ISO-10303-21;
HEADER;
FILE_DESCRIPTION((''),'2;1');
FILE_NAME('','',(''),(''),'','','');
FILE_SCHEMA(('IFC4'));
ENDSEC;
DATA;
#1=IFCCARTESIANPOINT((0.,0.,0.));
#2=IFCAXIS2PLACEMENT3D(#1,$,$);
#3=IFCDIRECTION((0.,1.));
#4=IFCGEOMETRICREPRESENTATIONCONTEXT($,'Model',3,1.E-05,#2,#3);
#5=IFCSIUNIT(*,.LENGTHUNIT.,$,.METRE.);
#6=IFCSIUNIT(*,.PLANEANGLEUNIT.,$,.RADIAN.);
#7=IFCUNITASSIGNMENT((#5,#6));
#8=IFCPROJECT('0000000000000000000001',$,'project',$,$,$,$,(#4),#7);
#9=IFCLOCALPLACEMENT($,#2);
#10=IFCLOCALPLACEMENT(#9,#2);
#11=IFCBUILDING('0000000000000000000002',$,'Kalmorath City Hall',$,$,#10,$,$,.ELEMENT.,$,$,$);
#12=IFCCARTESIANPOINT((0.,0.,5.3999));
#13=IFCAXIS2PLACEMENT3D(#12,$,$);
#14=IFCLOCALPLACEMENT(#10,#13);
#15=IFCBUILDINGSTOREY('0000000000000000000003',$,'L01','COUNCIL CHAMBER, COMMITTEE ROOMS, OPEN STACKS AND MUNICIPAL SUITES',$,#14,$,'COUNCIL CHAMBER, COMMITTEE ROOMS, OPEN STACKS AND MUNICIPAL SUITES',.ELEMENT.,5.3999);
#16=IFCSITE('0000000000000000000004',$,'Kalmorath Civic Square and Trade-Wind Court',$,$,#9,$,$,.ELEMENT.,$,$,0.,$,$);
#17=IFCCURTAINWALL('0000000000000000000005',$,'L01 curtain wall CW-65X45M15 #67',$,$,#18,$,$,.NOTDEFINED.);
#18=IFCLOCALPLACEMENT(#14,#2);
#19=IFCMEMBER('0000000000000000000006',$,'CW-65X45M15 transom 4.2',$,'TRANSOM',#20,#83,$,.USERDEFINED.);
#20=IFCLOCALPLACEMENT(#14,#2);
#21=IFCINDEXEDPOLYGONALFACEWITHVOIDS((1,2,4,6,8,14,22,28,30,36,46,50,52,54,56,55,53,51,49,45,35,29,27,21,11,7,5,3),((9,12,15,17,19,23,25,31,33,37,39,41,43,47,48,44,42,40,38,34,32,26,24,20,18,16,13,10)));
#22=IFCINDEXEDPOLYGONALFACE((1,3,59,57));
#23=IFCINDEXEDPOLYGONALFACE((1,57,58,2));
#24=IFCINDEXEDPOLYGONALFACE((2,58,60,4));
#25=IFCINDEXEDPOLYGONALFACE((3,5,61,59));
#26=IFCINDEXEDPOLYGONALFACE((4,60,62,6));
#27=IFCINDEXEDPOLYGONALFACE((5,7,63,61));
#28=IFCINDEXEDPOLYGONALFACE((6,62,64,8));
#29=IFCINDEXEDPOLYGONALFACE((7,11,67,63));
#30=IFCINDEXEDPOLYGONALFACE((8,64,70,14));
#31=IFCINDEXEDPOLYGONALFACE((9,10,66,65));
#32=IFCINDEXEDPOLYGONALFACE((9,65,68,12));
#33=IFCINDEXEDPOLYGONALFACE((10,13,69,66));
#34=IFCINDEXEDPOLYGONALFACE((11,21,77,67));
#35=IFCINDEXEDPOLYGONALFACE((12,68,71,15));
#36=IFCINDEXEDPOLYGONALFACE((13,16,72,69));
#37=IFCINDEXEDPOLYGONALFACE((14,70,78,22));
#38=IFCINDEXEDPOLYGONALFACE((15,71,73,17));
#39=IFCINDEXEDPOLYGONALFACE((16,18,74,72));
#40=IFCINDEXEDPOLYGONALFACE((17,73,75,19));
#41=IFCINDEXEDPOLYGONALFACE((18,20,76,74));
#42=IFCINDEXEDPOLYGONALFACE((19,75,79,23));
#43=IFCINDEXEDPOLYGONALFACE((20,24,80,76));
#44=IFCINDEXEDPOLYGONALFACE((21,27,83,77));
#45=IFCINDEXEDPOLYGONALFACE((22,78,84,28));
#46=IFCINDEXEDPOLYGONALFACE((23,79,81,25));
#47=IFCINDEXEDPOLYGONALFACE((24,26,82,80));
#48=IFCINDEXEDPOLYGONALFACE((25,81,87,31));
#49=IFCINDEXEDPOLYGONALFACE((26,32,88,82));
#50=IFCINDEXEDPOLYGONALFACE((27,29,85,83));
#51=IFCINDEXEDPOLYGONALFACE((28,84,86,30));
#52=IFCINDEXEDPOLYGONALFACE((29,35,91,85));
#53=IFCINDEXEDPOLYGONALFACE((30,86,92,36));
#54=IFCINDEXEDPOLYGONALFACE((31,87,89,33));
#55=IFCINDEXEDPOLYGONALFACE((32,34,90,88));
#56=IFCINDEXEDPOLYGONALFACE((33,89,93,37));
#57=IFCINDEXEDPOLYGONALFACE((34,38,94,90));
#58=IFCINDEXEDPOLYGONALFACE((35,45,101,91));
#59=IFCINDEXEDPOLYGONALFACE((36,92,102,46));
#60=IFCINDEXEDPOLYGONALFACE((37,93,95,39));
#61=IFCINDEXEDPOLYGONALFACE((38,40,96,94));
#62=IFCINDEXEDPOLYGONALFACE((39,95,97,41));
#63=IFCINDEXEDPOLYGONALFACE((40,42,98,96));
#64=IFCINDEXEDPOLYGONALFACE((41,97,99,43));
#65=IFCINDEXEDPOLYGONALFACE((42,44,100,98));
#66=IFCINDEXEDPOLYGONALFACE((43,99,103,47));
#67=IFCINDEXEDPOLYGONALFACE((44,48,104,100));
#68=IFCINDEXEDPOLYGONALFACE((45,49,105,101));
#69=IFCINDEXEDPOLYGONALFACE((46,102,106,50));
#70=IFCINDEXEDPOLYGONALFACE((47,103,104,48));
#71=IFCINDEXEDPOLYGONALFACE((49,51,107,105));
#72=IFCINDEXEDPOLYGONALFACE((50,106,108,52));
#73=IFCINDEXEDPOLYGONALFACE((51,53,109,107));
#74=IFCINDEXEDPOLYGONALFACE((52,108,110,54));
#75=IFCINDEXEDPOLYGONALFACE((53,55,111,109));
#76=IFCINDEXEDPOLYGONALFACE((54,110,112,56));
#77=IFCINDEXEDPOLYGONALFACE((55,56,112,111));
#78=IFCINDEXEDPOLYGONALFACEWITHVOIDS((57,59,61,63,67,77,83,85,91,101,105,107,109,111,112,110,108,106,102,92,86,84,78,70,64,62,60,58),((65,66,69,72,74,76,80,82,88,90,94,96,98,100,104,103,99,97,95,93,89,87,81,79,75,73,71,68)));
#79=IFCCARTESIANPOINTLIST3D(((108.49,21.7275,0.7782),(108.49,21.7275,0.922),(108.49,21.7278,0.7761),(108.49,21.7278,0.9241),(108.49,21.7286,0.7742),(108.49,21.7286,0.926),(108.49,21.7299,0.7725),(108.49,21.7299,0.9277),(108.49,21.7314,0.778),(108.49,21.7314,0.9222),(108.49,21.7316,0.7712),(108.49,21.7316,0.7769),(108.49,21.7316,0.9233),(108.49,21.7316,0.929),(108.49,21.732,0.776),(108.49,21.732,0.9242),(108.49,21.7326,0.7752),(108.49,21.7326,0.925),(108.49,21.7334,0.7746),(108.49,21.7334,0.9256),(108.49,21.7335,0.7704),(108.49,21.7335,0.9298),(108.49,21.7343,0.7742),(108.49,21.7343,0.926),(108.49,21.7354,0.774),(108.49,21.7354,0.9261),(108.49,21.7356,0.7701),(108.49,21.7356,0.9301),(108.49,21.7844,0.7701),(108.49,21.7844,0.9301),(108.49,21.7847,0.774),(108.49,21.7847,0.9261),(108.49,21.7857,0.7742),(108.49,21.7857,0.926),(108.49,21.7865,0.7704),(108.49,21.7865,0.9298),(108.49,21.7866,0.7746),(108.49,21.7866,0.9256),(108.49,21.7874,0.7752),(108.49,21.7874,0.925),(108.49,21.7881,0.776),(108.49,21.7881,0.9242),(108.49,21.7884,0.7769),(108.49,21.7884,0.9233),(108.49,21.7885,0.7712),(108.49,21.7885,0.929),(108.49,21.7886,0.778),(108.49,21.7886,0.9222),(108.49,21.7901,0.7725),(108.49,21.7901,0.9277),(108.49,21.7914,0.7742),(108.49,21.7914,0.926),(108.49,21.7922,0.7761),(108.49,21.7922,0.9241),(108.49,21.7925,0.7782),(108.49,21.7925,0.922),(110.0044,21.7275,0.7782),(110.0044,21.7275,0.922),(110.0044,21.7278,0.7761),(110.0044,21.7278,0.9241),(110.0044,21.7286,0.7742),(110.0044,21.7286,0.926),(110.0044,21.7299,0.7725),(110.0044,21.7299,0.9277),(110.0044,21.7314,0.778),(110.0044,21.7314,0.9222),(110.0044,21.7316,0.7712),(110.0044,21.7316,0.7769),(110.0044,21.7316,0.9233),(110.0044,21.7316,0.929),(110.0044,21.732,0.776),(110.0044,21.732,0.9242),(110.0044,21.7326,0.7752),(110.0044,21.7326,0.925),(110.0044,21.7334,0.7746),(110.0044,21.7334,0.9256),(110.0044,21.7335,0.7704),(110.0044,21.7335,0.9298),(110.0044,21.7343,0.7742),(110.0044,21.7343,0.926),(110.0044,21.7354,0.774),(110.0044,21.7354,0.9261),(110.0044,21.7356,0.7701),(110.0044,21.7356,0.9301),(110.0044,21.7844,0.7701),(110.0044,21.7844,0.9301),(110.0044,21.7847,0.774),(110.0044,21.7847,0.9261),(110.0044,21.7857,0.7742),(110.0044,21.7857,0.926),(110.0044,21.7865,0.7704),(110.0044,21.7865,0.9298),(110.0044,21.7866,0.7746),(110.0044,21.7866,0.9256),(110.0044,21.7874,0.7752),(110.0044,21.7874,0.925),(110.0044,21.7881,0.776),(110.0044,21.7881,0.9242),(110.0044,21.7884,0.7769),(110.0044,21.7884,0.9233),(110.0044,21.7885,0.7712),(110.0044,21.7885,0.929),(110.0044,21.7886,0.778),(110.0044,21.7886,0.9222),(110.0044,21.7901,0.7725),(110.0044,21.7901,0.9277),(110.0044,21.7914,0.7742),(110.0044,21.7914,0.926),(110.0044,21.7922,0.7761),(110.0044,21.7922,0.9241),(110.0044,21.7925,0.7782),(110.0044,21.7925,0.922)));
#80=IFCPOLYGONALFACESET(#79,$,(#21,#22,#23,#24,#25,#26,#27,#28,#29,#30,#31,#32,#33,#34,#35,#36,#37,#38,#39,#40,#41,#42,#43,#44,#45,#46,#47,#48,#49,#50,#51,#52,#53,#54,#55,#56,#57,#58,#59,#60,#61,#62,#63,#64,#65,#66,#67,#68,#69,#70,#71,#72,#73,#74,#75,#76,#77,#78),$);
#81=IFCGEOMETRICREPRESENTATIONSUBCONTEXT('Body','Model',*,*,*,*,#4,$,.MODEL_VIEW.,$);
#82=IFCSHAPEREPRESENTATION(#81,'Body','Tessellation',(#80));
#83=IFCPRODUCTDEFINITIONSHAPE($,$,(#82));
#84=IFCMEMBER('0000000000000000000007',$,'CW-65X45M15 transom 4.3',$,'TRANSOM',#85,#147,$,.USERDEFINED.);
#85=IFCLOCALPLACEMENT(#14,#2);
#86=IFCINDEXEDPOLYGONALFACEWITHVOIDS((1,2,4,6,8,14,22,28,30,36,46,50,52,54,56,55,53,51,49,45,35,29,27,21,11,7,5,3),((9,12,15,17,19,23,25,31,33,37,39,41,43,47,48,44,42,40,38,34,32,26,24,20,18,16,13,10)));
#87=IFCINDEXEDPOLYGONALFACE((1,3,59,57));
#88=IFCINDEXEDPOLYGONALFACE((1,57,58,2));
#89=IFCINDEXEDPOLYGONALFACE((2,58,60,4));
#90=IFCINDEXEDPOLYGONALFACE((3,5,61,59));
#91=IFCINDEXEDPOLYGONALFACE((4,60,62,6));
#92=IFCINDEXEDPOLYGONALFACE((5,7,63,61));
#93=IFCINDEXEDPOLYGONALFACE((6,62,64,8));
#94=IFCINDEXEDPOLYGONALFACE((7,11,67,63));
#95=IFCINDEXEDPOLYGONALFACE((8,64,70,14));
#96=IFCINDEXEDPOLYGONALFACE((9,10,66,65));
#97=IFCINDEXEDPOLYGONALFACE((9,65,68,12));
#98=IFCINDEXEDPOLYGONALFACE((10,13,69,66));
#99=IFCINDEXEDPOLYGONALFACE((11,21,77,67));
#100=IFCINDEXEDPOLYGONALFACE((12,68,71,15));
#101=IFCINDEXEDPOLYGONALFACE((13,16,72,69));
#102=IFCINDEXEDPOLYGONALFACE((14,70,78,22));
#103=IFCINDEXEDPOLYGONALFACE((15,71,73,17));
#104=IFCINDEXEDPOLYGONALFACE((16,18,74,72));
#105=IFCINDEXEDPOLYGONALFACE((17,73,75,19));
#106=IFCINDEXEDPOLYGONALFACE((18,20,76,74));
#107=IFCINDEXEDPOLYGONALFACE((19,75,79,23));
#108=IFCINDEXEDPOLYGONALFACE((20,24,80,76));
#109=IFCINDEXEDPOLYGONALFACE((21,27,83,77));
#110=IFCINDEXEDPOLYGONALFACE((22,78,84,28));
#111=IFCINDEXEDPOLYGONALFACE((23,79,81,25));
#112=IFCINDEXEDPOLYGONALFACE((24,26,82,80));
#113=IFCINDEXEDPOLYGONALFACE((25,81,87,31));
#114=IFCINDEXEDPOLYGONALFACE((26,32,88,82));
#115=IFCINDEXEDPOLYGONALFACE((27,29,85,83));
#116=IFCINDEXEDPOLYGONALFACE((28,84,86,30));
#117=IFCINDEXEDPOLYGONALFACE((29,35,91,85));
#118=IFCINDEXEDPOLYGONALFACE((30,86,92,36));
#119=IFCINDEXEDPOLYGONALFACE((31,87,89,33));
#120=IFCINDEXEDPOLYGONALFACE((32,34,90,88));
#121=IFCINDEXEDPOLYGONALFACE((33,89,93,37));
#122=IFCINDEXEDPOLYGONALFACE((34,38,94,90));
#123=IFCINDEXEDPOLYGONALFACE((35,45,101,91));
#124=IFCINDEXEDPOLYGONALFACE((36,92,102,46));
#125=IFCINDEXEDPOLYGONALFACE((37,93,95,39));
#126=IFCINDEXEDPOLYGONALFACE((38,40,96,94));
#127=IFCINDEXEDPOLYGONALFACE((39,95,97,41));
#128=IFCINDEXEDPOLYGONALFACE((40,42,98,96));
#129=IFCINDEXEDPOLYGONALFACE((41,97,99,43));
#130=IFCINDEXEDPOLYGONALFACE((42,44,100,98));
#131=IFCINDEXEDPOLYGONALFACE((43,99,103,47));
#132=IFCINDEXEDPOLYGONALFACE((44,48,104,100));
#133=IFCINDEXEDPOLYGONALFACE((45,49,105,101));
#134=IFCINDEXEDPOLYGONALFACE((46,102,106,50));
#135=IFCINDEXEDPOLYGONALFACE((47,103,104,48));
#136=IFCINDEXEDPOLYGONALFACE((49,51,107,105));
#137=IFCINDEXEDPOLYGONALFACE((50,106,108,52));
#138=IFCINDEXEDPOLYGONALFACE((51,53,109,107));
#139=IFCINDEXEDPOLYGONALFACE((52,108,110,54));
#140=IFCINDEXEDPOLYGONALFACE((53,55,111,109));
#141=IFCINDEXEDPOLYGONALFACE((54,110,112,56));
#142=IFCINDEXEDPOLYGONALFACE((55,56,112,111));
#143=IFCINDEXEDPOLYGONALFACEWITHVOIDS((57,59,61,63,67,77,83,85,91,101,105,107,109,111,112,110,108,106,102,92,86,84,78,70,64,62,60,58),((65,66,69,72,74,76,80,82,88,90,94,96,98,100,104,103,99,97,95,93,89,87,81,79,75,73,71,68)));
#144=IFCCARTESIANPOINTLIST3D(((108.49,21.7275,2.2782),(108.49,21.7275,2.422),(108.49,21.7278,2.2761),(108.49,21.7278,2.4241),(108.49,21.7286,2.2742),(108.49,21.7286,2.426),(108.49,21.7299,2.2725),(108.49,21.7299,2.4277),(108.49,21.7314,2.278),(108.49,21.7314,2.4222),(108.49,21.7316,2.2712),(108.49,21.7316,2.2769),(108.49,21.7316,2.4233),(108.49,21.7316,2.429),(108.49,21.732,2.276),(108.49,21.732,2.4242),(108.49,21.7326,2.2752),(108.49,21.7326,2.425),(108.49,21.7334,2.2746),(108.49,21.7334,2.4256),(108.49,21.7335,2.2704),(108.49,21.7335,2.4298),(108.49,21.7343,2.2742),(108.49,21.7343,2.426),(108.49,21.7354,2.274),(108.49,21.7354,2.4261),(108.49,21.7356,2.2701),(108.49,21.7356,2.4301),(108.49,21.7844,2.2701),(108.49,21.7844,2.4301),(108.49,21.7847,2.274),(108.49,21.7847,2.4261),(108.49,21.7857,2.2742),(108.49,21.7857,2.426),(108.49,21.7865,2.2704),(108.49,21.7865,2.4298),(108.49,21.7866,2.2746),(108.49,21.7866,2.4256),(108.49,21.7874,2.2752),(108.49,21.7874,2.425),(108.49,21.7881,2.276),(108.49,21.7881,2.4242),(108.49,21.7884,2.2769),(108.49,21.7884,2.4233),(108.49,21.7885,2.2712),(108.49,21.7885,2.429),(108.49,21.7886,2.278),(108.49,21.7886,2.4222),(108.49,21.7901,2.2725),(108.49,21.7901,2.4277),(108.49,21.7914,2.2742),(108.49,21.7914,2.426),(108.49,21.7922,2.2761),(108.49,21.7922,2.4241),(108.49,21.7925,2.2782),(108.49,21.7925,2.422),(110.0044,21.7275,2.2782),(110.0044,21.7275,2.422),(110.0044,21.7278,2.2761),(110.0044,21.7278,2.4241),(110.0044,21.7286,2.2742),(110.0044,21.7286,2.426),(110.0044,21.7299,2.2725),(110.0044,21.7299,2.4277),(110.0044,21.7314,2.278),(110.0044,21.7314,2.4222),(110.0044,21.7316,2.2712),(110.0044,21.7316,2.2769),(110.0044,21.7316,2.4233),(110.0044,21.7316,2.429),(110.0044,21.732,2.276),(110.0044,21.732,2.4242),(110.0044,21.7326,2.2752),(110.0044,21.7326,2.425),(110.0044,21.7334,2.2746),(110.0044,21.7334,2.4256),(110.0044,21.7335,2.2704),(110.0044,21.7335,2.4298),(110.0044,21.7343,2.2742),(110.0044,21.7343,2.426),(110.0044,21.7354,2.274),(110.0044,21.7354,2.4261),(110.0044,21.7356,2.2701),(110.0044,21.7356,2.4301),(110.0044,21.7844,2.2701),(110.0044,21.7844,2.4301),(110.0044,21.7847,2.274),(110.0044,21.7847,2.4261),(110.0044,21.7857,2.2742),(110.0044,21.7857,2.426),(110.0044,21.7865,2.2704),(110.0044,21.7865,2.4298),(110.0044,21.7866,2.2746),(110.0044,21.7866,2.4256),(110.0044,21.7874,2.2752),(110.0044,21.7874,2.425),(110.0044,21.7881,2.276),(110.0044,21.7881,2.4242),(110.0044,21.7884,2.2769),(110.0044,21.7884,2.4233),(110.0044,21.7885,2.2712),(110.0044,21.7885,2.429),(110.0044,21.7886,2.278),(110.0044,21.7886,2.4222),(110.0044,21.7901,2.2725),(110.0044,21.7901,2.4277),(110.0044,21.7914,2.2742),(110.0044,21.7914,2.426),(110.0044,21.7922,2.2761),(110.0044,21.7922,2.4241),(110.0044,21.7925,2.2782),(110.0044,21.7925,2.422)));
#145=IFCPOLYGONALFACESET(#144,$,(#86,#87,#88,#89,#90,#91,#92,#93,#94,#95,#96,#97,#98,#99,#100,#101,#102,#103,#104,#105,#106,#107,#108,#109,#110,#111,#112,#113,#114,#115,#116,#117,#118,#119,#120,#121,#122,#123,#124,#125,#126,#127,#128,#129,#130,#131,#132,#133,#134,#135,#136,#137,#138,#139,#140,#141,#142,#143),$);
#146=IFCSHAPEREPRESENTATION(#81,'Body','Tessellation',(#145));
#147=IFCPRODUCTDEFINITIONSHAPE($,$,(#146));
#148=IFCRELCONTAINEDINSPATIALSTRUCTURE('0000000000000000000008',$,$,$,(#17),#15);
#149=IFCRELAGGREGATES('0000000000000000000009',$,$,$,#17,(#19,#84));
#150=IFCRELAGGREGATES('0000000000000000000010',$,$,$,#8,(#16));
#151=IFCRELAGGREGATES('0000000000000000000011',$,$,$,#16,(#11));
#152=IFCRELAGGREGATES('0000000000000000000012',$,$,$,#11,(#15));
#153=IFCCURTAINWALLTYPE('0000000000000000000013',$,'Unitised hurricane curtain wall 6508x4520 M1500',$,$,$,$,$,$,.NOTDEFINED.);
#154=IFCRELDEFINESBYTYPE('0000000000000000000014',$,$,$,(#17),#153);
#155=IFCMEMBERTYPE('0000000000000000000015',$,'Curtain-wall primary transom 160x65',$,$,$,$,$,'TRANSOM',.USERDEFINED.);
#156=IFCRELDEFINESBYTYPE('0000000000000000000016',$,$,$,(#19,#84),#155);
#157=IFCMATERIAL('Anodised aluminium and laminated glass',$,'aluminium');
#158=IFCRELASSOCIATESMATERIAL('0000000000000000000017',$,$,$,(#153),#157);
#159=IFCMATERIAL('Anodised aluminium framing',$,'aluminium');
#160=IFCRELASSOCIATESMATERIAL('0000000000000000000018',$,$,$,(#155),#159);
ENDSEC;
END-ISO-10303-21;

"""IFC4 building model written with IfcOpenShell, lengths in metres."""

from ifc_helpers import new_model, si_unit, direction, frame, origin, origin_2d, place, context, subcontext, project, spatial, hollow_rectangle, extrude, material, material_profile, profile_set, type_object, element, aggregate, save


model = new_model("IFC4")

# Units and contexts
model_context = context("Model", 3, precision=1e-05, world=origin(), true_north=direction((0.0, 1.0)))
body_context = subcontext(model_context, "Body", "Model", "MODEL_VIEW")
ifc_project = project(units=[si_unit("LENGTHUNIT", "METRE"), si_unit("PLANEANGLEUNIT", "RADIAN")], contexts=[model_context])

# Site, building, storey
site_placement = place(None, origin())
site = spatial("IfcSite", under=ifc_project, at=site_placement, Name="Kalmorath Civic Square and Trade-Wind Court", CompositionType="ELEMENT", RefElevation=0.0)
building_placement = place(site_placement, origin())
building = spatial("IfcBuilding", under=site, at=building_placement, Name="Kalmorath City Hall", CompositionType="ELEMENT")
storey_placement = place(building_placement, frame((0.0, 0.0, 5.3999)))
storey = spatial("IfcBuildingStorey", under=building, at=storey_placement, Name="L01", Description="COUNCIL CHAMBER, COMMITTEE ROOMS, OPEN STACKS AND MUNICIPAL SUITES", LongName="COUNCIL CHAMBER, COMMITTEE ROOMS, OPEN STACKS AND MUNICIPAL SUITES", CompositionType="ELEMENT", Elevation=5.3999)

# Curtain wall
ifc_material_1 = material(Name="Anodised aluminium and laminated glass", Category="aluminium")
curtain_wall_type_1 = type_object("IfcCurtainWallType", Name="Unitised hurricane curtain wall 6508x4520 M1500", PredefinedType="NOTDEFINED", material=ifc_material_1)
curtain_wall_1_placement = place(storey_placement, origin())
curtain_wall_1 = element("IfcCurtainWall", 1, at=curtain_wall_1_placement, inside=storey, type_object=curtain_wall_type_1, Name="L01 curtain wall CW-65X45M15 #67", PredefinedType="NOTDEFINED")

# Members
ifc_material_2 = material(Name="Anodised aluminium framing", Category="aluminium")
ifc_material_profile_1 = material_profile(ifc_material_2, hollow_rectangle(XDim=0.0649, YDim=0.1599, WallThickness=0.0039, InnerFilletRadius=0.0039, OuterFilletRadius=0.0081, at=origin_2d()), Name="ALU-TRN-160X65X4")
ifc_profile_set_1 = profile_set([ifc_material_profile_1], Name="Anodised aluminium framing")
member_type_1 = type_object("IfcMemberType", Name="Curtain-wall primary transom 160x65", ElementType="TRANSOM", PredefinedType="USERDEFINED", material=ifc_profile_set_1)
member_1_placement = place(storey_placement, frame((110.0044, 21.76, 0.8501), z_axis=(-1.0, 0.0, 0.0), x_axis=(0.0, -1.0, 0.0)))
member_1 = element("IfcMember", 2, at=member_1_placement, type_object=member_type_1, Name="CW-65X45M15 transom 4.2", ObjectType="TRANSOM", PredefinedType="USERDEFINED", context=body_context, shape_type="SweptSolid", body=[
    extrude(hollow_rectangle(XDim=0.0649, YDim=0.1599, WallThickness=0.0039, InnerFilletRadius=0.0039, OuterFilletRadius=0.0081, at=origin_2d()), origin(), (0.0, 0.0, 1.0), 1.5144),
])
member_2_placement = place(storey_placement, frame((110.0044, 21.76, 2.3501), z_axis=(-1.0, 0.0, 0.0), x_axis=(0.0, -1.0, 0.0)))
member_2 = element("IfcMember", 3, at=member_2_placement, type_object=member_type_1, Name="CW-65X45M15 transom 4.3", ObjectType="TRANSOM", PredefinedType="USERDEFINED", context=body_context, shape_type="SweptSolid", body=[
    extrude(hollow_rectangle(XDim=0.0649, YDim=0.1599, WallThickness=0.0039, InnerFilletRadius=0.0039, OuterFilletRadius=0.0081, at=origin_2d()), origin(), (0.0, 0.0, 1.0), 1.5144),
])

aggregate(curtain_wall_1, [member_1, member_2])

save(model, "model.ifc")
